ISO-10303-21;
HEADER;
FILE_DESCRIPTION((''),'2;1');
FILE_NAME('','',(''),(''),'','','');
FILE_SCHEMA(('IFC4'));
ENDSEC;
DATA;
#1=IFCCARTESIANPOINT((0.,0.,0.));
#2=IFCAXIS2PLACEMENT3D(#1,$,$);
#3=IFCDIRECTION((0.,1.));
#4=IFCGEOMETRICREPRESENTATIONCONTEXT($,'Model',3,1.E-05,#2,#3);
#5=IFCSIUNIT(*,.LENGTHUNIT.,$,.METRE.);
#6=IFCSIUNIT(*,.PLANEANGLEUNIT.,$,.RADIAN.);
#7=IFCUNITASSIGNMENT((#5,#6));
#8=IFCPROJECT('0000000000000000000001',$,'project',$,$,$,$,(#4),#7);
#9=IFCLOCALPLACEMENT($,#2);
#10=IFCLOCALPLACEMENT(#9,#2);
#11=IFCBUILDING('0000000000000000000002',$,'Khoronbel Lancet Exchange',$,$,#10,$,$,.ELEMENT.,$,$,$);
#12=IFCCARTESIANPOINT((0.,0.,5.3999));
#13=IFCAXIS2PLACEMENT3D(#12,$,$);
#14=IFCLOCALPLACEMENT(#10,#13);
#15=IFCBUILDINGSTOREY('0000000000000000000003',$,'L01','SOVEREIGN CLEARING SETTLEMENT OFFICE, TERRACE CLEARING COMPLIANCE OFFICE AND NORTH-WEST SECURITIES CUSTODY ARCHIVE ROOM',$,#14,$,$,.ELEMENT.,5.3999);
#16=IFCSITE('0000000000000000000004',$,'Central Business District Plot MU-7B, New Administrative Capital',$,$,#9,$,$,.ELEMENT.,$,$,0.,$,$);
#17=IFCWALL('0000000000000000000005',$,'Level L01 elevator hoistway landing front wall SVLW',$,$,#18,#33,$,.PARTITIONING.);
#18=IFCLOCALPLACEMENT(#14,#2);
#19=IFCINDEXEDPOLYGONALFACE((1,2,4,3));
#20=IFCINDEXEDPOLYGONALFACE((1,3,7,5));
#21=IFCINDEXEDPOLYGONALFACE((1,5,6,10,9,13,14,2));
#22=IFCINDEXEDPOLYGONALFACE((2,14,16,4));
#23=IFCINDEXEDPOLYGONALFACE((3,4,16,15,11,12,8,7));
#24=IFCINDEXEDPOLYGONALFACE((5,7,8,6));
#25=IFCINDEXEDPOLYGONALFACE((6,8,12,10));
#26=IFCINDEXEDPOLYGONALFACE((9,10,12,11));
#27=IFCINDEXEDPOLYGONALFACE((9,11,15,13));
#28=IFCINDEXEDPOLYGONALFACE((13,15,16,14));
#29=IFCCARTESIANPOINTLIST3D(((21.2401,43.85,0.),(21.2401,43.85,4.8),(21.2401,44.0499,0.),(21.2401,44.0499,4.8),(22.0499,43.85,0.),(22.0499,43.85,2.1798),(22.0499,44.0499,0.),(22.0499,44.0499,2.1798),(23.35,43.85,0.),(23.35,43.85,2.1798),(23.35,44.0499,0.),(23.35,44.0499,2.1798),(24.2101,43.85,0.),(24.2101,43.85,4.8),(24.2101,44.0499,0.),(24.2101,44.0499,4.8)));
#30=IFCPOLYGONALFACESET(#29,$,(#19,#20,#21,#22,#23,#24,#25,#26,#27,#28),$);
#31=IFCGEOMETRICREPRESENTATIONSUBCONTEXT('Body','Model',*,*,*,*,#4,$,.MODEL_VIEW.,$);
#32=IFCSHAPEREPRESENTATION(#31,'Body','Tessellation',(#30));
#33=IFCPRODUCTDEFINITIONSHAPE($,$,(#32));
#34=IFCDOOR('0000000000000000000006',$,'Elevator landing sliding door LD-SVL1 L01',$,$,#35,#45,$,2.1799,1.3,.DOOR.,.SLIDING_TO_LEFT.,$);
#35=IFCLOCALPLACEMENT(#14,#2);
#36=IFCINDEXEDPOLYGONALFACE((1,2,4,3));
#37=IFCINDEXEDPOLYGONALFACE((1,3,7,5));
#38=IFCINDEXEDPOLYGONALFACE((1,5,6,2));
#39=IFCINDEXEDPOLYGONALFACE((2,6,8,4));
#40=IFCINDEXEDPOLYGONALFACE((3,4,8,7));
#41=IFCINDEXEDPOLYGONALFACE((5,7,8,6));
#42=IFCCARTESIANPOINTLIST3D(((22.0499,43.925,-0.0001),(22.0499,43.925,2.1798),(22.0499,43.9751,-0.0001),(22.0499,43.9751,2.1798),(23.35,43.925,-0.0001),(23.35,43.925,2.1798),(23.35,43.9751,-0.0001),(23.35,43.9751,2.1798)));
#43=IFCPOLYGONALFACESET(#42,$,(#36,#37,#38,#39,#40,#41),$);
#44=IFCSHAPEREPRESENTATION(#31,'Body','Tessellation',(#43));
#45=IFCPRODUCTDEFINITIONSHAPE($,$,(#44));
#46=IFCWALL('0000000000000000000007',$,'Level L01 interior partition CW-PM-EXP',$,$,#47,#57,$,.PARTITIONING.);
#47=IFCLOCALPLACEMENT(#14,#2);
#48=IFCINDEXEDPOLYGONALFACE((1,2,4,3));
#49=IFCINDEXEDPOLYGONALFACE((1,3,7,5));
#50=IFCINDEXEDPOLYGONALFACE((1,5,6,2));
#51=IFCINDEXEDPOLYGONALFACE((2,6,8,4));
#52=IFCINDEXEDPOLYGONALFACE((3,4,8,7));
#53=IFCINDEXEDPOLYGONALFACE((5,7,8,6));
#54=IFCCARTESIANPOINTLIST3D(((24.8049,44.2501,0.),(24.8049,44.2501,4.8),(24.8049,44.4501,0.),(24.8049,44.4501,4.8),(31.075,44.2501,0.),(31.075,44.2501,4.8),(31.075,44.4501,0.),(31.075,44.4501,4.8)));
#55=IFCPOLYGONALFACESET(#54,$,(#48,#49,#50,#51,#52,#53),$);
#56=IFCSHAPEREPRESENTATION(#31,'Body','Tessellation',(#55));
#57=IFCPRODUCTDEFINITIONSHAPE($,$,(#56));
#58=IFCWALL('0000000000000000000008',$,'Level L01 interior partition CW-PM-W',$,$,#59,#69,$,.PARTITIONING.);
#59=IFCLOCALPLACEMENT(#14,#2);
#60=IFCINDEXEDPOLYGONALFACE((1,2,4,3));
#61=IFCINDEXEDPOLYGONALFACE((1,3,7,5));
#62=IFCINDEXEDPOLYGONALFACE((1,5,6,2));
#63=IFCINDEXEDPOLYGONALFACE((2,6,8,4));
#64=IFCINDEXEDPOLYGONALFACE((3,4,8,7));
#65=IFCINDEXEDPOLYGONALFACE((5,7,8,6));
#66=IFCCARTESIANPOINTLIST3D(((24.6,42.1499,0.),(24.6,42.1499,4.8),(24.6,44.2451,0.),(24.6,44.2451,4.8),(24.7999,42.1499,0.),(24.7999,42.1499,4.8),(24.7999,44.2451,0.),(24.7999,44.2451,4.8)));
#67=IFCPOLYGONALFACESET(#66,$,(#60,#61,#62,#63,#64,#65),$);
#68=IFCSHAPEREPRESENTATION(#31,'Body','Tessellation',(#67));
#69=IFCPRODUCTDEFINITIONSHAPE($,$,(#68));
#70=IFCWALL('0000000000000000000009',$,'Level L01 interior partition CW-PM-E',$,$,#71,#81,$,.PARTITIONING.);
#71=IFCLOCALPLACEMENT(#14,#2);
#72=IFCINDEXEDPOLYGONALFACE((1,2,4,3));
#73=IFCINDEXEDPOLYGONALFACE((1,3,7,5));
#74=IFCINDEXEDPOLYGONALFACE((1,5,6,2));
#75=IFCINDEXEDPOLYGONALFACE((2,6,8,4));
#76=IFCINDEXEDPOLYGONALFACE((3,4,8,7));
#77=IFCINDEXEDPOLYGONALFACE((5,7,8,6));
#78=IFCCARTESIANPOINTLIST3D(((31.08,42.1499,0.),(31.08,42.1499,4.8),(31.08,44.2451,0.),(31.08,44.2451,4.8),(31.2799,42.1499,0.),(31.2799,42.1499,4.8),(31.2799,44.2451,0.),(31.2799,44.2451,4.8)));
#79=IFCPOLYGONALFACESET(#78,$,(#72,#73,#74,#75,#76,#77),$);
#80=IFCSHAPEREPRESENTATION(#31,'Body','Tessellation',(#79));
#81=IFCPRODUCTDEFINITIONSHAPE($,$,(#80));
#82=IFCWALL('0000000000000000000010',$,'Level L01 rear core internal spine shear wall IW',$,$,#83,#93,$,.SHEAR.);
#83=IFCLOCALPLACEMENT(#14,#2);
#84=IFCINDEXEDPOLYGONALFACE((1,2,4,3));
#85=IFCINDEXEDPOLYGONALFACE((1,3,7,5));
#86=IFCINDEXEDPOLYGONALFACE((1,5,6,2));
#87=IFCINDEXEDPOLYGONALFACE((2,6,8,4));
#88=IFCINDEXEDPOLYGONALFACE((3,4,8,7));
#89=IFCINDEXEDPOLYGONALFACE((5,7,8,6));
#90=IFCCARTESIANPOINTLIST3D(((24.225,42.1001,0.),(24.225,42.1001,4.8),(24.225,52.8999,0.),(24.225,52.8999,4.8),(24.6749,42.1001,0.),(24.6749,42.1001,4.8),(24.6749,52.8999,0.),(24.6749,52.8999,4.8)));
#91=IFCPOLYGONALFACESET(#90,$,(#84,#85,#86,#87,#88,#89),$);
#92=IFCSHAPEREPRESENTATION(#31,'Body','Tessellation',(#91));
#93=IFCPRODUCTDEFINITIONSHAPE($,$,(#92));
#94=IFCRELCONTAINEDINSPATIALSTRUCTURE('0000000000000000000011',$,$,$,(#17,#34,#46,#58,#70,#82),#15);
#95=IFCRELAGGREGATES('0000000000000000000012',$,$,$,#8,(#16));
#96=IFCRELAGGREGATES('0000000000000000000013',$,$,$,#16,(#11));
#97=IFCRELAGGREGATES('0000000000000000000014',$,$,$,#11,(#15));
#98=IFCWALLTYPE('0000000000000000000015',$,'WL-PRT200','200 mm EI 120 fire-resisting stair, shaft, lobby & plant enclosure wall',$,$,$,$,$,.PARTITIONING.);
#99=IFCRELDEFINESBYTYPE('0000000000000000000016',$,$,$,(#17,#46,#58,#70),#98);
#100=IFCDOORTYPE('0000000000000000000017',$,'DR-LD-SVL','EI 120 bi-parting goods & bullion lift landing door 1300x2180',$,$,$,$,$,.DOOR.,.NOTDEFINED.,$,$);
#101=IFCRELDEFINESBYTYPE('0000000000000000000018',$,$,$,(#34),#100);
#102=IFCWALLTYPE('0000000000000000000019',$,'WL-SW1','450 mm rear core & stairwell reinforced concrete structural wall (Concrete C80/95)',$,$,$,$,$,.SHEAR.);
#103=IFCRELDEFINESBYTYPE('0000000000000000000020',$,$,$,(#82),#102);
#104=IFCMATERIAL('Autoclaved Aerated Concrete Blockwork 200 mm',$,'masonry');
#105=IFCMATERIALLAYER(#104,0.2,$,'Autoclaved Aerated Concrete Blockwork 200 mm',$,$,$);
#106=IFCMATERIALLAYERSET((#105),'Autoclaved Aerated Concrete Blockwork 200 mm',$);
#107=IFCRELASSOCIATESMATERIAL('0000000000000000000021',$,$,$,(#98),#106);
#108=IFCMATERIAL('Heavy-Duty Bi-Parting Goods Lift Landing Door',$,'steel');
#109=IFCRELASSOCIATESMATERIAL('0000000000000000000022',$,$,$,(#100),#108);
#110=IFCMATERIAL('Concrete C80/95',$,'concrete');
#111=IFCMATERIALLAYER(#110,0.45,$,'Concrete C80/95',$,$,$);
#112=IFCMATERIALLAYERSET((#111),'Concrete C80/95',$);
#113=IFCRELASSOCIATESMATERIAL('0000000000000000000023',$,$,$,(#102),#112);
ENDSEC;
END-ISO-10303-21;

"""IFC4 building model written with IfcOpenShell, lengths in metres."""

from ifc_helpers import new_model, si_unit, direction, frame, frame_2d, origin, place, context, subcontext, project, spatial, rectangle, extrude, material, layer, layer_set, type_object, element, fill, save


model = new_model("IFC4")

# Units and contexts
model_context = context("Model", 3, precision=1e-05, world=origin(), true_north=direction((0.0, 1.0)))
body_context = subcontext(model_context, "Body", "Model", "MODEL_VIEW")
ifc_project = project(units=[si_unit("LENGTHUNIT", "METRE"), si_unit("PLANEANGLEUNIT", "RADIAN")], contexts=[model_context])

# Site, building, storey
site_placement = place(None, origin())
site = spatial("IfcSite", under=ifc_project, at=site_placement, Name="Central Business District Plot MU-7B, New Administrative Capital", CompositionType="ELEMENT", RefElevation=0.0)
building_placement = place(site_placement, origin())
building = spatial("IfcBuilding", under=site, at=building_placement, Name="Khoronbel Lancet Exchange", CompositionType="ELEMENT")
storey_placement = place(building_placement, frame((0.0, 0.0, 5.3999)))
storey = spatial("IfcBuildingStorey", under=building, at=storey_placement, Name="L01", Description="SOVEREIGN CLEARING SETTLEMENT OFFICE, TERRACE CLEARING COMPLIANCE OFFICE AND NORTH-WEST SECURITIES CUSTODY ARCHIVE ROOM", CompositionType="ELEMENT", Elevation=5.3999)

# Wall, opening, door
ifc_material_1 = material(Name="Autoclaved Aerated Concrete Blockwork 200 mm", Category="masonry")
ifc_layer_1 = layer(ifc_material_1, 0.2, Name="Autoclaved Aerated Concrete Blockwork 200 mm")
ifc_layer_set_1 = layer_set([ifc_layer_1], Name="Autoclaved Aerated Concrete Blockwork 200 mm")
wall_type_1 = type_object("IfcWallType", Name="WL-PRT200", Description="200 mm EI 120 fire-resisting stair, shaft, lobby & plant enclosure wall", PredefinedType="PARTITIONING", material=ifc_layer_set_1)
wall_1_placement = place(storey_placement, frame((24.21, 43.95, 0.0), z_axis=(0.0, 0.0, 1.0), x_axis=(-1.0, 0.0, 0.0)))
wall_1 = element("IfcWall", 1, at=wall_1_placement, inside=storey, type_object=wall_type_1, Name="Level L01 elevator hoistway landing front wall SVLW", PredefinedType="PARTITIONING", context=body_context, shape_type="SweptSolid", body=[
    extrude(rectangle(XDim=2.97, YDim=0.2, at=frame_2d((1.4849, 0.0))), origin(), (0.0, 0.0, 1.0), 4.8),
])
opening_1_placement = place(wall_1_placement, frame((0.8601, 0.0, 0.0)))
opening_1 = element("IfcOpeningElement", 2, at=opening_1_placement, cuts=wall_1, PredefinedType="OPENING", context=body_context, shape_type="SweptSolid", body=[
    extrude(rectangle(XDim=1.3, YDim=2.1799, at=frame_2d((0.6499, 1.0898))), frame((0.0, 0.1099, 0.0), z_axis=(0.0, -1.0, 0.0), x_axis=(1.0, 0.0, 0.0)), (0.0, 0.0, 1.0), 0.22),
])
ifc_material_2 = material(Name="Heavy-Duty Bi-Parting Goods Lift Landing Door", Category="steel")
door_type_1 = type_object("IfcDoorType", Name="DR-LD-SVL", Description="EI 120 bi-parting goods & bullion lift landing door 1300x2180", OperationType="NOTDEFINED", PredefinedType="DOOR", material=ifc_material_2)
door_1_placement = place(opening_1_placement, origin())
door_1 = element("IfcDoor", 3, at=door_1_placement, inside=storey, type_object=door_type_1, Name="Elevator landing sliding door LD-SVL1 L01", OperationType="SLIDING_TO_LEFT", OverallHeight=2.1799, OverallWidth=1.3, PredefinedType="DOOR", context=body_context, shape_type="SweptSolid", body=[
    extrude(rectangle(XDim=1.3, YDim=2.1799, at=frame_2d((0.6499, 1.0898))), frame((0.0, 0.0249, 0.0), z_axis=(0.0, -1.0, 0.0), x_axis=(1.0, 0.0, 0.0)), (0.0, 0.0, 1.0), 0.05),
])
fill(opening_1, door_1)

# Walls
wall_2_placement = place(storey_placement, frame((24.8049, 44.3501, 0.0), z_axis=(0.0, 0.0, 1.0), x_axis=(1.0, 0.0, 0.0)))
element("IfcWall", 4, at=wall_2_placement, inside=storey, type_object=wall_type_1, Name="Level L01 interior partition CW-PM-EXP", PredefinedType="PARTITIONING", context=body_context, shape_type="SweptSolid", body=[
    extrude(rectangle(XDim=6.27, YDim=0.2, at=frame_2d((3.135, 0.0))), origin(), (0.0, 0.0, 1.0), 4.8),
])
for number, where, z_axis, x_axis, name in (
    (5, (24.7, 42.1499, 0.0), (0.0, 0.0, 1.0), (0.0, 1.0, 0.0), "Level L01 interior partition CW-PM-W"),
    (6, (31.1799, 42.1499, 0.0), (0.0, 0.0, 1.0), (0.0, 1.0, 0.0), "Level L01 interior partition CW-PM-E"),
):
    element("IfcWall", number, at=place(storey_placement, frame(where, z_axis=z_axis, x_axis=x_axis)), inside=storey, type_object=wall_type_1, Name=name, PredefinedType="PARTITIONING", context=body_context, shape_type="SweptSolid", body=[
        extrude(rectangle(XDim=2.0952, YDim=0.2, at=frame_2d((1.0476, 0.0))), origin(), (0.0, 0.0, 1.0), 4.8),
    ])
ifc_material_3 = material(Name="Concrete C80/95", Category="concrete")
ifc_layer_2 = layer(ifc_material_3, 0.45, Name="Concrete C80/95")
ifc_layer_set_2 = layer_set([ifc_layer_2], Name="Concrete C80/95")
wall_type_2 = type_object("IfcWallType", Name="WL-SW1", Description="450 mm rear core & stairwell reinforced concrete structural wall (Concrete C80/95)", PredefinedType="SHEAR", material=ifc_layer_set_2)
wall_3_placement = place(storey_placement, frame((24.45, 42.1001, 0.0), z_axis=(0.0, 0.0, 1.0), x_axis=(0.0, 1.0, 0.0)))
element("IfcWall", 7, at=wall_3_placement, inside=storey, type_object=wall_type_2, Name="Level L01 rear core internal spine shear wall IW", PredefinedType="SHEAR", context=body_context, shape_type="SweptSolid", body=[
    extrude(rectangle(XDim=10.7998, YDim=0.45, at=frame_2d((5.3999, 0.0))), origin(), (0.0, 0.0, 1.0), 4.8),
])

save(model, "model.ifc")
